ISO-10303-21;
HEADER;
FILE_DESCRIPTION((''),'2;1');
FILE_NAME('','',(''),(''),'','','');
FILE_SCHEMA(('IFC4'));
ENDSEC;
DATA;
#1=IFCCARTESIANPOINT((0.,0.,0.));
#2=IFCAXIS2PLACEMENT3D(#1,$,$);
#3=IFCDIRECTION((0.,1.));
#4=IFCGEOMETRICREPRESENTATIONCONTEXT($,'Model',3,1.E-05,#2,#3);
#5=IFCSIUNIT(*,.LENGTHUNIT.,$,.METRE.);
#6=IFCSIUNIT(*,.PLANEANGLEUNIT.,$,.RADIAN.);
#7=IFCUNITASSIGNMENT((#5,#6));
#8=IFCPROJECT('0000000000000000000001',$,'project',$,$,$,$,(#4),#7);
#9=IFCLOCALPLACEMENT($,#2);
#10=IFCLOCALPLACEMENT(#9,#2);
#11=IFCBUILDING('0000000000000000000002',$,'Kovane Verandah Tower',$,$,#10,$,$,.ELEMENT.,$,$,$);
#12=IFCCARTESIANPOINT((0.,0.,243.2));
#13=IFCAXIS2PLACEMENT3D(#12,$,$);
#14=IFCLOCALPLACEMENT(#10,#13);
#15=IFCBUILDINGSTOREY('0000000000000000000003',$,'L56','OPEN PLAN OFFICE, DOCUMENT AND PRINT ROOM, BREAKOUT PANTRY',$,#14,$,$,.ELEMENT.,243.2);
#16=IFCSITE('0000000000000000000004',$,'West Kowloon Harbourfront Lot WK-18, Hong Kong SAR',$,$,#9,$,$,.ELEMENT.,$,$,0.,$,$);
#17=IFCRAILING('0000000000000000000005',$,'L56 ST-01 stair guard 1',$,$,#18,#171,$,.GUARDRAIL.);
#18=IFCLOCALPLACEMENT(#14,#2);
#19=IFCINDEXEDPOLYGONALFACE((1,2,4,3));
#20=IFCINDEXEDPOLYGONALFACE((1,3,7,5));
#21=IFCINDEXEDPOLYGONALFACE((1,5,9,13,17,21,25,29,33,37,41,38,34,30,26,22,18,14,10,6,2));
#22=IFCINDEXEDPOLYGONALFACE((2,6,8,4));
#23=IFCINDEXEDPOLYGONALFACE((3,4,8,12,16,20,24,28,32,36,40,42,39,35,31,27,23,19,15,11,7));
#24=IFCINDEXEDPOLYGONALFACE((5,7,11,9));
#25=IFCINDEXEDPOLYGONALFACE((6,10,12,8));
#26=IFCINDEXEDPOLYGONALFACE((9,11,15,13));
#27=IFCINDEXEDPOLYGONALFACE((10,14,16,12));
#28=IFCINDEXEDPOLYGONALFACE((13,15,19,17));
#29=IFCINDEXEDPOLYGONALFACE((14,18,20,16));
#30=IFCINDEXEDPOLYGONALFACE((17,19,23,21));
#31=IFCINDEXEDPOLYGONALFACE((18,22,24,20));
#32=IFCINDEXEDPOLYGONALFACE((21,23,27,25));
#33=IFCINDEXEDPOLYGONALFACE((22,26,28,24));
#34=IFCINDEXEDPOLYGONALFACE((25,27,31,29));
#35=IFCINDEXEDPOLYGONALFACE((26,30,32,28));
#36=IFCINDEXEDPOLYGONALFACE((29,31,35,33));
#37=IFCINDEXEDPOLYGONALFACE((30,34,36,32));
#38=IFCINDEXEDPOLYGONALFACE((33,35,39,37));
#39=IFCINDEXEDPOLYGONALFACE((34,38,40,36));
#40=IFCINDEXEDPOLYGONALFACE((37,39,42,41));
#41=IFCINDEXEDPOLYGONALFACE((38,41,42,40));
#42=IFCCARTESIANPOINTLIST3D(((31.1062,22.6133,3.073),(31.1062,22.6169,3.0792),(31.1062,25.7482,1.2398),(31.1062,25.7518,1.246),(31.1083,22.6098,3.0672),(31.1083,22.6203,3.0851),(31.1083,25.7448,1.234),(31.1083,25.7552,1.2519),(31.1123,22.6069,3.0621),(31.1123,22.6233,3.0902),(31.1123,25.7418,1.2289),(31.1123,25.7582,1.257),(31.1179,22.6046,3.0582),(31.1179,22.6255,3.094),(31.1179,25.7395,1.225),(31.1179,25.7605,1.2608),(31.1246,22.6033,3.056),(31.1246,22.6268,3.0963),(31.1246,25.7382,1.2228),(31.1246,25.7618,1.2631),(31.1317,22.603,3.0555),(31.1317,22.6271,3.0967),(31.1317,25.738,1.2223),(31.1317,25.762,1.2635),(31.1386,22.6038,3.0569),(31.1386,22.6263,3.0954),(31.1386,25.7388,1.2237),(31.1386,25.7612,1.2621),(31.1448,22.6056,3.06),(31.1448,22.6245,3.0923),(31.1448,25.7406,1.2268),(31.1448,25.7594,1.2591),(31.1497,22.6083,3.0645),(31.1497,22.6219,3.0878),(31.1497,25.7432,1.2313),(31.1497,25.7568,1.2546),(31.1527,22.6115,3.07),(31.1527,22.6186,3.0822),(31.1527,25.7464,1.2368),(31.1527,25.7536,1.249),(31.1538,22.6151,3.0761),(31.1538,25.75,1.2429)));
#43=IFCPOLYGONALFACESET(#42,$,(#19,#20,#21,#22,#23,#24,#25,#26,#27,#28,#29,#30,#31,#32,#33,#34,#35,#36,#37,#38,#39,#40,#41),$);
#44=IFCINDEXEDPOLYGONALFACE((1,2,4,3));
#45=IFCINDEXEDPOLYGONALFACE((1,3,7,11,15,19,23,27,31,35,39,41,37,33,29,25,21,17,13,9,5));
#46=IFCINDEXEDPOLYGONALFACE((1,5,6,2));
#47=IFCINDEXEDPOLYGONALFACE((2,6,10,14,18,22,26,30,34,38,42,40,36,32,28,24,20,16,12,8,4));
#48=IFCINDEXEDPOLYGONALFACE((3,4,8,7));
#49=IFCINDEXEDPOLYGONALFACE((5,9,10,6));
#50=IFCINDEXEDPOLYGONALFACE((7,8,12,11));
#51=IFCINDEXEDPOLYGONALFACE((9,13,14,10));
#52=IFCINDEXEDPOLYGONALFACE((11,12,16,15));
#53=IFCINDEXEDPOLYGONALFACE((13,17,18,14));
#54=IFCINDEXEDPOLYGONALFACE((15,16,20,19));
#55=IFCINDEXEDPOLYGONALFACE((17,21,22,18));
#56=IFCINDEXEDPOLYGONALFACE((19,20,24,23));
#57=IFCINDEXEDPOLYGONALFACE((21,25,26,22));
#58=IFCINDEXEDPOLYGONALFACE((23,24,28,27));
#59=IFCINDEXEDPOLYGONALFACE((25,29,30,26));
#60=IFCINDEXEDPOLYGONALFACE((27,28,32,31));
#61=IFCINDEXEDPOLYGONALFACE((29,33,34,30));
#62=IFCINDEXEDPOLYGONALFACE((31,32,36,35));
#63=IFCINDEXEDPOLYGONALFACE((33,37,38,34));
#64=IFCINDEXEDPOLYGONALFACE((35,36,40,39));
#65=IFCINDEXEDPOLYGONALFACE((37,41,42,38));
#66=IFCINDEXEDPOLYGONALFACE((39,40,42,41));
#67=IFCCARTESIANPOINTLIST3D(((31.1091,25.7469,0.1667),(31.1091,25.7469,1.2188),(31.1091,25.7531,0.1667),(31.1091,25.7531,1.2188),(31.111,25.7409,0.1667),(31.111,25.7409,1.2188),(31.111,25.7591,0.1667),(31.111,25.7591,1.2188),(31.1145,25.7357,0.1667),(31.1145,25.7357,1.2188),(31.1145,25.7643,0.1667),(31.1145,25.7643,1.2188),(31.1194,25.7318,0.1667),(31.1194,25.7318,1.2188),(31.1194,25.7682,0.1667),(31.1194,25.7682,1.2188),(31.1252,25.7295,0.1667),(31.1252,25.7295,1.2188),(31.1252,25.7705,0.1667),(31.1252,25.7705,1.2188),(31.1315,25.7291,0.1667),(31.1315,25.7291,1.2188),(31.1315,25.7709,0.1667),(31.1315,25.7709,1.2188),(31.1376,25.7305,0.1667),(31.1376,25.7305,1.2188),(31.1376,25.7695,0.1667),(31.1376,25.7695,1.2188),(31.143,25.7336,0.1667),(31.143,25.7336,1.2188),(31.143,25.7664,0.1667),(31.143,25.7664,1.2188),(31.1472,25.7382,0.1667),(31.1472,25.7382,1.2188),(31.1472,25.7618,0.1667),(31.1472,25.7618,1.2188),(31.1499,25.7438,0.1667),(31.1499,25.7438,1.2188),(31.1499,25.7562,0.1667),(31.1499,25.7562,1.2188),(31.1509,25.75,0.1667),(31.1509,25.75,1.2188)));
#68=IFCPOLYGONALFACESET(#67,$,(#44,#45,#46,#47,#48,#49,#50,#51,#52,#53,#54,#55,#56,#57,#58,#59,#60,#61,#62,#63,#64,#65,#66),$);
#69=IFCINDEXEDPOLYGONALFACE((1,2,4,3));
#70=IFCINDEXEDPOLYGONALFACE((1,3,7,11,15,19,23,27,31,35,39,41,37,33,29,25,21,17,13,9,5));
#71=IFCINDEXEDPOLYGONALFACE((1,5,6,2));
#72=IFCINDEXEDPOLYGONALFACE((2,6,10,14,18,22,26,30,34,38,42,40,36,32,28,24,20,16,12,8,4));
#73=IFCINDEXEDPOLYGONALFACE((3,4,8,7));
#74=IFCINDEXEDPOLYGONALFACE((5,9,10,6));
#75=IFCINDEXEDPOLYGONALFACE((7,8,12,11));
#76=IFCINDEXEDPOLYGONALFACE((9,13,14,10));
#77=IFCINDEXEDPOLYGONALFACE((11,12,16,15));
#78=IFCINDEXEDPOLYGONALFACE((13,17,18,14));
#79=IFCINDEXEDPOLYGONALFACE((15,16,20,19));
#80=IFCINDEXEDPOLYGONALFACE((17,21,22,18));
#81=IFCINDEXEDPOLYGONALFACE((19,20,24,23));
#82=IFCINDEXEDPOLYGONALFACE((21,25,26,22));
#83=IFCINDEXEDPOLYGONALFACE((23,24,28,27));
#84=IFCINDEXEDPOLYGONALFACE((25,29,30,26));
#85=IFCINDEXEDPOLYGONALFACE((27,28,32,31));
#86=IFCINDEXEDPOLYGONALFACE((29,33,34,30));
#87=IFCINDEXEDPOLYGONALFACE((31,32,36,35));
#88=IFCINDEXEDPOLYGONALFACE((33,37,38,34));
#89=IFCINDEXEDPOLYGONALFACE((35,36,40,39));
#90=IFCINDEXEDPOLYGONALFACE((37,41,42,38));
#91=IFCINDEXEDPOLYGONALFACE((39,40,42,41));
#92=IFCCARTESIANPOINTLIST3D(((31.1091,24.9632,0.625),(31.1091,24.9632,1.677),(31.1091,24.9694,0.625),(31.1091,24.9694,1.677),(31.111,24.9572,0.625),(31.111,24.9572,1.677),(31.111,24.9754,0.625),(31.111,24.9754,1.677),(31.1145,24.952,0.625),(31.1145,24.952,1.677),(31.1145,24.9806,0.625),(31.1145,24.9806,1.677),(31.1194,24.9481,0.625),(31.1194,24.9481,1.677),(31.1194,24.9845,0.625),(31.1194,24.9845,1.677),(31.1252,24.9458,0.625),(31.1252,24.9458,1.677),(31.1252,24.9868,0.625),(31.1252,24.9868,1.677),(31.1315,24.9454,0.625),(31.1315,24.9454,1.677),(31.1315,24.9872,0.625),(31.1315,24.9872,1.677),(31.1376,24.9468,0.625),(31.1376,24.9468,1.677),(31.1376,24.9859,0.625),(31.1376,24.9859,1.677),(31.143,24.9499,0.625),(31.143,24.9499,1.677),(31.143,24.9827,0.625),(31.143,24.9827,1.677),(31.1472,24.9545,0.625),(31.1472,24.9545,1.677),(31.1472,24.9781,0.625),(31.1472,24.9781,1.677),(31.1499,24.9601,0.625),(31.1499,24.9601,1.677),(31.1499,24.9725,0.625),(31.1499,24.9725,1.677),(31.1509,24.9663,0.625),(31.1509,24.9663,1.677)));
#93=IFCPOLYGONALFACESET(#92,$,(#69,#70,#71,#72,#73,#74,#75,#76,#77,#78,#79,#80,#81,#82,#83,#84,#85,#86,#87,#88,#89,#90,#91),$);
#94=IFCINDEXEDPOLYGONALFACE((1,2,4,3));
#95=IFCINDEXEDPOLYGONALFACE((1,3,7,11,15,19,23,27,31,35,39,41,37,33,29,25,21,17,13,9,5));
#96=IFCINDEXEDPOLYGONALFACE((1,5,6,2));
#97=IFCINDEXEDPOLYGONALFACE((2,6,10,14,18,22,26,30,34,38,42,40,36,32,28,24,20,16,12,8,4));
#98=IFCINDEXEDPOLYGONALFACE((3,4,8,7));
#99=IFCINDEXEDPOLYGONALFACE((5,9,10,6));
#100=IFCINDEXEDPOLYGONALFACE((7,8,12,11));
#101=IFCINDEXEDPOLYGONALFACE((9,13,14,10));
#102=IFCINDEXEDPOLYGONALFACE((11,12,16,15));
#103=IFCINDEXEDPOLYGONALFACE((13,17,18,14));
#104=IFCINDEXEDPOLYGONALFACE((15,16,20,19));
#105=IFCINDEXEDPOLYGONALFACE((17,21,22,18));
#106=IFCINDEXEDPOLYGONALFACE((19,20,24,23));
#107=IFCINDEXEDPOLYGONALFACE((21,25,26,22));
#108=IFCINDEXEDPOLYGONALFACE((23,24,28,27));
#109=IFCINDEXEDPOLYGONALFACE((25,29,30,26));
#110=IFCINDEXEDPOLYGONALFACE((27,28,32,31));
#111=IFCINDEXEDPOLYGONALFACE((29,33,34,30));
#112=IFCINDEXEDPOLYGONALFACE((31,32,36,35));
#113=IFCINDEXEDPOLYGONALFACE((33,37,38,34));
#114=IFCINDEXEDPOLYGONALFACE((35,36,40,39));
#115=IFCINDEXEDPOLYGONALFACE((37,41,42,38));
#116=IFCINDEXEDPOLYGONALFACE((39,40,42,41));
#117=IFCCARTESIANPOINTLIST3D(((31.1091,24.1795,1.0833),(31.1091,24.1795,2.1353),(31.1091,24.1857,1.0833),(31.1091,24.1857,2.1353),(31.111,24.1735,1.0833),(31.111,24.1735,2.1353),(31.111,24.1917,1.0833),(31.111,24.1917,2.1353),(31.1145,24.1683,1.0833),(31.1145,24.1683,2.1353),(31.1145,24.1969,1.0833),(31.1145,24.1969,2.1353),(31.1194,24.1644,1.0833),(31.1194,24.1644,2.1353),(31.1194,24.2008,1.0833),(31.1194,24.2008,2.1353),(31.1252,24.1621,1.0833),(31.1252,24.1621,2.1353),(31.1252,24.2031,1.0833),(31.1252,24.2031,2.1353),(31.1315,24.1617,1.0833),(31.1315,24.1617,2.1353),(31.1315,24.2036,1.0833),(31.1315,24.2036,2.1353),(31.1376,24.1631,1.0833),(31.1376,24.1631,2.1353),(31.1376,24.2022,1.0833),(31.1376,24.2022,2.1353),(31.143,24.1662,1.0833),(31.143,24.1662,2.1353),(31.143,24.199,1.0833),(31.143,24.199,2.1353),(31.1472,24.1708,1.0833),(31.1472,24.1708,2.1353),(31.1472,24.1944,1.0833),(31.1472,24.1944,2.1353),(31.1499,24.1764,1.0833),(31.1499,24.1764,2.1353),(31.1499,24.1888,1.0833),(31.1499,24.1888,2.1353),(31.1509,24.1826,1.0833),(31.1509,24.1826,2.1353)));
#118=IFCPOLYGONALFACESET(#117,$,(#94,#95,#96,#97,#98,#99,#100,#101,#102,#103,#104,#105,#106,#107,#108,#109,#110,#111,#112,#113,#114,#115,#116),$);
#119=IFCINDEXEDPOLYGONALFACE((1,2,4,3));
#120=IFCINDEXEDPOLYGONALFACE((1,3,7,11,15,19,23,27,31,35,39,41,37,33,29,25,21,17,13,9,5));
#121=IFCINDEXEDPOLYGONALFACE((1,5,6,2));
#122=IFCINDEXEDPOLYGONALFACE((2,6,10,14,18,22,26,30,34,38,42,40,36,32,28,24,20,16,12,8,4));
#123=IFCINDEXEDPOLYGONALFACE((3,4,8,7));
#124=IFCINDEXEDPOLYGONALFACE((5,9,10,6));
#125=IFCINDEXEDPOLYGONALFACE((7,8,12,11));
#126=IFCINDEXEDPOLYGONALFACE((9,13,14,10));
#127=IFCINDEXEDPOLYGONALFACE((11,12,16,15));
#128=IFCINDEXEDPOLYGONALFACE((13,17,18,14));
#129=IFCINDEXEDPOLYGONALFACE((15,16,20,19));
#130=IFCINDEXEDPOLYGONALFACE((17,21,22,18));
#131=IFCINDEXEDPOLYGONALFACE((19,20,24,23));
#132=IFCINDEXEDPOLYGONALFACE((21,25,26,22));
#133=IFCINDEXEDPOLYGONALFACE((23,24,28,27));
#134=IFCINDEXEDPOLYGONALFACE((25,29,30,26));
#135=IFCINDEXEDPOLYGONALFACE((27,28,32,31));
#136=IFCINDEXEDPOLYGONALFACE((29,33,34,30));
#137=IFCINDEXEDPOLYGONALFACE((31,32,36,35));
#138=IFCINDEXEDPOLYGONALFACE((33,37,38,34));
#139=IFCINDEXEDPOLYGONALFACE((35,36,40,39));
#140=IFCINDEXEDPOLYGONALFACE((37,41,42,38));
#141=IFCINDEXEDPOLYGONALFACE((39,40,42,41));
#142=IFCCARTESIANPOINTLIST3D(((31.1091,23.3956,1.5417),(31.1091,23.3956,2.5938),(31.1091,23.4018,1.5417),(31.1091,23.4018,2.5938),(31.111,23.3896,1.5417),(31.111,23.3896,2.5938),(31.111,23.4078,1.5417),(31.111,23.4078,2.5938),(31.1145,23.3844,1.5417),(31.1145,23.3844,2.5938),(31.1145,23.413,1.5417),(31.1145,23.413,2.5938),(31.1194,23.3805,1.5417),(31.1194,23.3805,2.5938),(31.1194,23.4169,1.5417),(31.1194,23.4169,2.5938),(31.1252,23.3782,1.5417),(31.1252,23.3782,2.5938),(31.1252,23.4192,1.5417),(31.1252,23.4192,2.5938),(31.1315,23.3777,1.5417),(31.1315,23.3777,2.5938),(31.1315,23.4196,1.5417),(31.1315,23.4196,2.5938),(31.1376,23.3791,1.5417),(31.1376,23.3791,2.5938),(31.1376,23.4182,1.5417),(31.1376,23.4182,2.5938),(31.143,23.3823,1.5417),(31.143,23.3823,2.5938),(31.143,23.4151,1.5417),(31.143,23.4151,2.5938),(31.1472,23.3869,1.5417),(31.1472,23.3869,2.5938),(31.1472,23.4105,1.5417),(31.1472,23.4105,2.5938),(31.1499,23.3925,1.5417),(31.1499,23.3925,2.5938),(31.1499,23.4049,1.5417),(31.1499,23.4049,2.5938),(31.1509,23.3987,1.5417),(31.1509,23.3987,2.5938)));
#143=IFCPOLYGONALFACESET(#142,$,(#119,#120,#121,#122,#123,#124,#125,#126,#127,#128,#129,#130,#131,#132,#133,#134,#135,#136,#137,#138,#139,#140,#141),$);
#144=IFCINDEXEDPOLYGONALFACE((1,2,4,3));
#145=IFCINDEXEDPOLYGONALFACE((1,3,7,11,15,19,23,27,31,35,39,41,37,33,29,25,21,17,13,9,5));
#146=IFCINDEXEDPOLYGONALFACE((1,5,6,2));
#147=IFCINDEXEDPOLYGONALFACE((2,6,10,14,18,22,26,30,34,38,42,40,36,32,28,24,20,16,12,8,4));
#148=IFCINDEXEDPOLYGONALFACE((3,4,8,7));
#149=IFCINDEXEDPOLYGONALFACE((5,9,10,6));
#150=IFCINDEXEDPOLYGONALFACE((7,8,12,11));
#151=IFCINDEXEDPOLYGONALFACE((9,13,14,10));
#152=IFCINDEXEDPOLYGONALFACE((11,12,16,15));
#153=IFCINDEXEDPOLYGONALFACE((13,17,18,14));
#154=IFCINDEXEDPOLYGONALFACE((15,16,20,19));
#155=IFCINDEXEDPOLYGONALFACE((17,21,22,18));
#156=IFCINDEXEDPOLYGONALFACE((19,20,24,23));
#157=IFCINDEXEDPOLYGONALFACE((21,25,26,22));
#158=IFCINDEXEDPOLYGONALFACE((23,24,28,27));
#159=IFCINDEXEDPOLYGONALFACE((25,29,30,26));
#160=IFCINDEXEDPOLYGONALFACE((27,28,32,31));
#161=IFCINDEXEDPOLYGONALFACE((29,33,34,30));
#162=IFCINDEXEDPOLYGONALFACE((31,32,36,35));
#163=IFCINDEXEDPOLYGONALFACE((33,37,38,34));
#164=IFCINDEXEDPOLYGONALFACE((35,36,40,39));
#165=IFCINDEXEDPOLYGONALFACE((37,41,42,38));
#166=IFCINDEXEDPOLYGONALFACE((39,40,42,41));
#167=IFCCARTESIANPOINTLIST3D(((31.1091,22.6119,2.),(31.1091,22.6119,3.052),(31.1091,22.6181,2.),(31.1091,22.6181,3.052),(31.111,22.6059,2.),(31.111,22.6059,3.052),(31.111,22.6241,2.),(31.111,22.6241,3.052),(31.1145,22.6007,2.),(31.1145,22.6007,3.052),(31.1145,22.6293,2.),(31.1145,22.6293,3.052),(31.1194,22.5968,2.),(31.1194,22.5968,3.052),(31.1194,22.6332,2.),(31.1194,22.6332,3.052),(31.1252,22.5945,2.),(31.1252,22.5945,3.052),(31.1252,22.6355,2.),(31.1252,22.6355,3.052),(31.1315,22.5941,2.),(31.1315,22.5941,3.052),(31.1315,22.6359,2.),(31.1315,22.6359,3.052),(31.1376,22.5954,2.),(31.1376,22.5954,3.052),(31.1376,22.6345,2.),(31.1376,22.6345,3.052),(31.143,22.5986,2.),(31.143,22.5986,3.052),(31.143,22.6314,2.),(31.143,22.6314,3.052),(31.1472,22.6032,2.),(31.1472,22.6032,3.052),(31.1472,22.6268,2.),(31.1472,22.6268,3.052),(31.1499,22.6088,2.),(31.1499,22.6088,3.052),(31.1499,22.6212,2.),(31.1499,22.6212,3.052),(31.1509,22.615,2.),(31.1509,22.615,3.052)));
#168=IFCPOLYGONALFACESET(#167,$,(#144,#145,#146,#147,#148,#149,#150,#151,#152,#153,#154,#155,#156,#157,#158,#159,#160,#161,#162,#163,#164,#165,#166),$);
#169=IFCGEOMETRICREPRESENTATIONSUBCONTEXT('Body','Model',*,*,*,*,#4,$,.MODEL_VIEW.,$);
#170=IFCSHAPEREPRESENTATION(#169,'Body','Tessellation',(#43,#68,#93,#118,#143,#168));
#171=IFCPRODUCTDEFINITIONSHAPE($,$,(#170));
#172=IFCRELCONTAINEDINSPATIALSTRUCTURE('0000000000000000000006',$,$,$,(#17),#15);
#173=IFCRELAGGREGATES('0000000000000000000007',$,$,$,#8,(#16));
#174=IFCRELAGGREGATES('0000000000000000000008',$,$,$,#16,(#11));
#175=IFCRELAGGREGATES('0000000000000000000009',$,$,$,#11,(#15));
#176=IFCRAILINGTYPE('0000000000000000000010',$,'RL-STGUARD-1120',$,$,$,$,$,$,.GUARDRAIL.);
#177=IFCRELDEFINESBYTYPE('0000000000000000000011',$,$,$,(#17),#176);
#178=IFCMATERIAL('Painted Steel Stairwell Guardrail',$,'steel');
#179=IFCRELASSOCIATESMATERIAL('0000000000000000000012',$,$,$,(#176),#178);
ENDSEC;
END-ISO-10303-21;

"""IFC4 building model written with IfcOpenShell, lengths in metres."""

from ifc_helpers import new_model, si_unit, direction, frame, origin, origin_2d, place, context, subcontext, project, spatial, circle, extrude, material, type_object, element, save


model = new_model("IFC4")

# Units and contexts
model_context = context("Model", 3, precision=1e-05, world=origin(), true_north=direction((0.0, 1.0)))
body_context = subcontext(model_context, "Body", "Model", "MODEL_VIEW")
ifc_project = project(units=[si_unit("LENGTHUNIT", "METRE"), si_unit("PLANEANGLEUNIT", "RADIAN")], contexts=[model_context])

# Site, building, storey
site_placement = place(None, origin())
site = spatial("IfcSite", under=ifc_project, at=site_placement, Name="West Kowloon Harbourfront Lot WK-18, Hong Kong SAR", CompositionType="ELEMENT", RefElevation=0.0)
building_placement = place(site_placement, origin())
building = spatial("IfcBuilding", under=site, at=building_placement, Name="Kovane Verandah Tower", CompositionType="ELEMENT")
storey_placement = place(building_placement, frame((0.0, 0.0, 243.2)))
storey = spatial("IfcBuildingStorey", under=building, at=storey_placement, Name="L56", Description="OPEN PLAN OFFICE, DOCUMENT AND PRINT ROOM, BREAKOUT PANTRY", CompositionType="ELEMENT", Elevation=243.2)

# Railing
ifc_material_1 = material(Name="Painted Steel Stairwell Guardrail", Category="steel")
railing_type_1 = type_object("IfcRailingType", Name="RL-STGUARD-1120", PredefinedType="GUARDRAIL", material=ifc_material_1)
railing_1_placement = place(storey_placement, frame((31.1299, 25.75, 0.1667)))
element("IfcRailing", 1, at=railing_1_placement, inside=storey, type_object=railing_type_1, Name="L56 ST-01 stair guard 1", PredefinedType="GUARDRAIL", context=body_context, shape_type="SweptSolid", body=[
    extrude(circle(Radius=0.0239, at=origin_2d()), frame((0.0, 0.0, 1.0762), z_axis=(0.0, -0.86324, 0.504794), x_axis=(1.0, 0.0, 0.0)), (0.0, 0.0, 1.0), 3.6316),
    extrude(circle(Radius=0.021, at=origin_2d()), origin(), (0.0, 0.0, 1.0), 1.052),
    extrude(circle(Radius=0.021, at=origin_2d()), frame((0.0, -0.7837, 0.4583)), (0.0, 0.0, 1.0), 1.052),
    extrude(circle(Radius=0.021, at=origin_2d()), frame((0.0, -1.5674, 0.9165)), (0.0, 0.0, 1.0), 1.052),
    extrude(circle(Radius=0.021, at=origin_2d()), frame((0.0, -2.3513, 1.375)), (0.0, 0.0, 1.0), 1.052),
    extrude(circle(Radius=0.021, at=origin_2d()), frame((0.0, -3.135, 1.8333)), (0.0, 0.0, 1.0), 1.052),
])

save(model, "model.ifc")
